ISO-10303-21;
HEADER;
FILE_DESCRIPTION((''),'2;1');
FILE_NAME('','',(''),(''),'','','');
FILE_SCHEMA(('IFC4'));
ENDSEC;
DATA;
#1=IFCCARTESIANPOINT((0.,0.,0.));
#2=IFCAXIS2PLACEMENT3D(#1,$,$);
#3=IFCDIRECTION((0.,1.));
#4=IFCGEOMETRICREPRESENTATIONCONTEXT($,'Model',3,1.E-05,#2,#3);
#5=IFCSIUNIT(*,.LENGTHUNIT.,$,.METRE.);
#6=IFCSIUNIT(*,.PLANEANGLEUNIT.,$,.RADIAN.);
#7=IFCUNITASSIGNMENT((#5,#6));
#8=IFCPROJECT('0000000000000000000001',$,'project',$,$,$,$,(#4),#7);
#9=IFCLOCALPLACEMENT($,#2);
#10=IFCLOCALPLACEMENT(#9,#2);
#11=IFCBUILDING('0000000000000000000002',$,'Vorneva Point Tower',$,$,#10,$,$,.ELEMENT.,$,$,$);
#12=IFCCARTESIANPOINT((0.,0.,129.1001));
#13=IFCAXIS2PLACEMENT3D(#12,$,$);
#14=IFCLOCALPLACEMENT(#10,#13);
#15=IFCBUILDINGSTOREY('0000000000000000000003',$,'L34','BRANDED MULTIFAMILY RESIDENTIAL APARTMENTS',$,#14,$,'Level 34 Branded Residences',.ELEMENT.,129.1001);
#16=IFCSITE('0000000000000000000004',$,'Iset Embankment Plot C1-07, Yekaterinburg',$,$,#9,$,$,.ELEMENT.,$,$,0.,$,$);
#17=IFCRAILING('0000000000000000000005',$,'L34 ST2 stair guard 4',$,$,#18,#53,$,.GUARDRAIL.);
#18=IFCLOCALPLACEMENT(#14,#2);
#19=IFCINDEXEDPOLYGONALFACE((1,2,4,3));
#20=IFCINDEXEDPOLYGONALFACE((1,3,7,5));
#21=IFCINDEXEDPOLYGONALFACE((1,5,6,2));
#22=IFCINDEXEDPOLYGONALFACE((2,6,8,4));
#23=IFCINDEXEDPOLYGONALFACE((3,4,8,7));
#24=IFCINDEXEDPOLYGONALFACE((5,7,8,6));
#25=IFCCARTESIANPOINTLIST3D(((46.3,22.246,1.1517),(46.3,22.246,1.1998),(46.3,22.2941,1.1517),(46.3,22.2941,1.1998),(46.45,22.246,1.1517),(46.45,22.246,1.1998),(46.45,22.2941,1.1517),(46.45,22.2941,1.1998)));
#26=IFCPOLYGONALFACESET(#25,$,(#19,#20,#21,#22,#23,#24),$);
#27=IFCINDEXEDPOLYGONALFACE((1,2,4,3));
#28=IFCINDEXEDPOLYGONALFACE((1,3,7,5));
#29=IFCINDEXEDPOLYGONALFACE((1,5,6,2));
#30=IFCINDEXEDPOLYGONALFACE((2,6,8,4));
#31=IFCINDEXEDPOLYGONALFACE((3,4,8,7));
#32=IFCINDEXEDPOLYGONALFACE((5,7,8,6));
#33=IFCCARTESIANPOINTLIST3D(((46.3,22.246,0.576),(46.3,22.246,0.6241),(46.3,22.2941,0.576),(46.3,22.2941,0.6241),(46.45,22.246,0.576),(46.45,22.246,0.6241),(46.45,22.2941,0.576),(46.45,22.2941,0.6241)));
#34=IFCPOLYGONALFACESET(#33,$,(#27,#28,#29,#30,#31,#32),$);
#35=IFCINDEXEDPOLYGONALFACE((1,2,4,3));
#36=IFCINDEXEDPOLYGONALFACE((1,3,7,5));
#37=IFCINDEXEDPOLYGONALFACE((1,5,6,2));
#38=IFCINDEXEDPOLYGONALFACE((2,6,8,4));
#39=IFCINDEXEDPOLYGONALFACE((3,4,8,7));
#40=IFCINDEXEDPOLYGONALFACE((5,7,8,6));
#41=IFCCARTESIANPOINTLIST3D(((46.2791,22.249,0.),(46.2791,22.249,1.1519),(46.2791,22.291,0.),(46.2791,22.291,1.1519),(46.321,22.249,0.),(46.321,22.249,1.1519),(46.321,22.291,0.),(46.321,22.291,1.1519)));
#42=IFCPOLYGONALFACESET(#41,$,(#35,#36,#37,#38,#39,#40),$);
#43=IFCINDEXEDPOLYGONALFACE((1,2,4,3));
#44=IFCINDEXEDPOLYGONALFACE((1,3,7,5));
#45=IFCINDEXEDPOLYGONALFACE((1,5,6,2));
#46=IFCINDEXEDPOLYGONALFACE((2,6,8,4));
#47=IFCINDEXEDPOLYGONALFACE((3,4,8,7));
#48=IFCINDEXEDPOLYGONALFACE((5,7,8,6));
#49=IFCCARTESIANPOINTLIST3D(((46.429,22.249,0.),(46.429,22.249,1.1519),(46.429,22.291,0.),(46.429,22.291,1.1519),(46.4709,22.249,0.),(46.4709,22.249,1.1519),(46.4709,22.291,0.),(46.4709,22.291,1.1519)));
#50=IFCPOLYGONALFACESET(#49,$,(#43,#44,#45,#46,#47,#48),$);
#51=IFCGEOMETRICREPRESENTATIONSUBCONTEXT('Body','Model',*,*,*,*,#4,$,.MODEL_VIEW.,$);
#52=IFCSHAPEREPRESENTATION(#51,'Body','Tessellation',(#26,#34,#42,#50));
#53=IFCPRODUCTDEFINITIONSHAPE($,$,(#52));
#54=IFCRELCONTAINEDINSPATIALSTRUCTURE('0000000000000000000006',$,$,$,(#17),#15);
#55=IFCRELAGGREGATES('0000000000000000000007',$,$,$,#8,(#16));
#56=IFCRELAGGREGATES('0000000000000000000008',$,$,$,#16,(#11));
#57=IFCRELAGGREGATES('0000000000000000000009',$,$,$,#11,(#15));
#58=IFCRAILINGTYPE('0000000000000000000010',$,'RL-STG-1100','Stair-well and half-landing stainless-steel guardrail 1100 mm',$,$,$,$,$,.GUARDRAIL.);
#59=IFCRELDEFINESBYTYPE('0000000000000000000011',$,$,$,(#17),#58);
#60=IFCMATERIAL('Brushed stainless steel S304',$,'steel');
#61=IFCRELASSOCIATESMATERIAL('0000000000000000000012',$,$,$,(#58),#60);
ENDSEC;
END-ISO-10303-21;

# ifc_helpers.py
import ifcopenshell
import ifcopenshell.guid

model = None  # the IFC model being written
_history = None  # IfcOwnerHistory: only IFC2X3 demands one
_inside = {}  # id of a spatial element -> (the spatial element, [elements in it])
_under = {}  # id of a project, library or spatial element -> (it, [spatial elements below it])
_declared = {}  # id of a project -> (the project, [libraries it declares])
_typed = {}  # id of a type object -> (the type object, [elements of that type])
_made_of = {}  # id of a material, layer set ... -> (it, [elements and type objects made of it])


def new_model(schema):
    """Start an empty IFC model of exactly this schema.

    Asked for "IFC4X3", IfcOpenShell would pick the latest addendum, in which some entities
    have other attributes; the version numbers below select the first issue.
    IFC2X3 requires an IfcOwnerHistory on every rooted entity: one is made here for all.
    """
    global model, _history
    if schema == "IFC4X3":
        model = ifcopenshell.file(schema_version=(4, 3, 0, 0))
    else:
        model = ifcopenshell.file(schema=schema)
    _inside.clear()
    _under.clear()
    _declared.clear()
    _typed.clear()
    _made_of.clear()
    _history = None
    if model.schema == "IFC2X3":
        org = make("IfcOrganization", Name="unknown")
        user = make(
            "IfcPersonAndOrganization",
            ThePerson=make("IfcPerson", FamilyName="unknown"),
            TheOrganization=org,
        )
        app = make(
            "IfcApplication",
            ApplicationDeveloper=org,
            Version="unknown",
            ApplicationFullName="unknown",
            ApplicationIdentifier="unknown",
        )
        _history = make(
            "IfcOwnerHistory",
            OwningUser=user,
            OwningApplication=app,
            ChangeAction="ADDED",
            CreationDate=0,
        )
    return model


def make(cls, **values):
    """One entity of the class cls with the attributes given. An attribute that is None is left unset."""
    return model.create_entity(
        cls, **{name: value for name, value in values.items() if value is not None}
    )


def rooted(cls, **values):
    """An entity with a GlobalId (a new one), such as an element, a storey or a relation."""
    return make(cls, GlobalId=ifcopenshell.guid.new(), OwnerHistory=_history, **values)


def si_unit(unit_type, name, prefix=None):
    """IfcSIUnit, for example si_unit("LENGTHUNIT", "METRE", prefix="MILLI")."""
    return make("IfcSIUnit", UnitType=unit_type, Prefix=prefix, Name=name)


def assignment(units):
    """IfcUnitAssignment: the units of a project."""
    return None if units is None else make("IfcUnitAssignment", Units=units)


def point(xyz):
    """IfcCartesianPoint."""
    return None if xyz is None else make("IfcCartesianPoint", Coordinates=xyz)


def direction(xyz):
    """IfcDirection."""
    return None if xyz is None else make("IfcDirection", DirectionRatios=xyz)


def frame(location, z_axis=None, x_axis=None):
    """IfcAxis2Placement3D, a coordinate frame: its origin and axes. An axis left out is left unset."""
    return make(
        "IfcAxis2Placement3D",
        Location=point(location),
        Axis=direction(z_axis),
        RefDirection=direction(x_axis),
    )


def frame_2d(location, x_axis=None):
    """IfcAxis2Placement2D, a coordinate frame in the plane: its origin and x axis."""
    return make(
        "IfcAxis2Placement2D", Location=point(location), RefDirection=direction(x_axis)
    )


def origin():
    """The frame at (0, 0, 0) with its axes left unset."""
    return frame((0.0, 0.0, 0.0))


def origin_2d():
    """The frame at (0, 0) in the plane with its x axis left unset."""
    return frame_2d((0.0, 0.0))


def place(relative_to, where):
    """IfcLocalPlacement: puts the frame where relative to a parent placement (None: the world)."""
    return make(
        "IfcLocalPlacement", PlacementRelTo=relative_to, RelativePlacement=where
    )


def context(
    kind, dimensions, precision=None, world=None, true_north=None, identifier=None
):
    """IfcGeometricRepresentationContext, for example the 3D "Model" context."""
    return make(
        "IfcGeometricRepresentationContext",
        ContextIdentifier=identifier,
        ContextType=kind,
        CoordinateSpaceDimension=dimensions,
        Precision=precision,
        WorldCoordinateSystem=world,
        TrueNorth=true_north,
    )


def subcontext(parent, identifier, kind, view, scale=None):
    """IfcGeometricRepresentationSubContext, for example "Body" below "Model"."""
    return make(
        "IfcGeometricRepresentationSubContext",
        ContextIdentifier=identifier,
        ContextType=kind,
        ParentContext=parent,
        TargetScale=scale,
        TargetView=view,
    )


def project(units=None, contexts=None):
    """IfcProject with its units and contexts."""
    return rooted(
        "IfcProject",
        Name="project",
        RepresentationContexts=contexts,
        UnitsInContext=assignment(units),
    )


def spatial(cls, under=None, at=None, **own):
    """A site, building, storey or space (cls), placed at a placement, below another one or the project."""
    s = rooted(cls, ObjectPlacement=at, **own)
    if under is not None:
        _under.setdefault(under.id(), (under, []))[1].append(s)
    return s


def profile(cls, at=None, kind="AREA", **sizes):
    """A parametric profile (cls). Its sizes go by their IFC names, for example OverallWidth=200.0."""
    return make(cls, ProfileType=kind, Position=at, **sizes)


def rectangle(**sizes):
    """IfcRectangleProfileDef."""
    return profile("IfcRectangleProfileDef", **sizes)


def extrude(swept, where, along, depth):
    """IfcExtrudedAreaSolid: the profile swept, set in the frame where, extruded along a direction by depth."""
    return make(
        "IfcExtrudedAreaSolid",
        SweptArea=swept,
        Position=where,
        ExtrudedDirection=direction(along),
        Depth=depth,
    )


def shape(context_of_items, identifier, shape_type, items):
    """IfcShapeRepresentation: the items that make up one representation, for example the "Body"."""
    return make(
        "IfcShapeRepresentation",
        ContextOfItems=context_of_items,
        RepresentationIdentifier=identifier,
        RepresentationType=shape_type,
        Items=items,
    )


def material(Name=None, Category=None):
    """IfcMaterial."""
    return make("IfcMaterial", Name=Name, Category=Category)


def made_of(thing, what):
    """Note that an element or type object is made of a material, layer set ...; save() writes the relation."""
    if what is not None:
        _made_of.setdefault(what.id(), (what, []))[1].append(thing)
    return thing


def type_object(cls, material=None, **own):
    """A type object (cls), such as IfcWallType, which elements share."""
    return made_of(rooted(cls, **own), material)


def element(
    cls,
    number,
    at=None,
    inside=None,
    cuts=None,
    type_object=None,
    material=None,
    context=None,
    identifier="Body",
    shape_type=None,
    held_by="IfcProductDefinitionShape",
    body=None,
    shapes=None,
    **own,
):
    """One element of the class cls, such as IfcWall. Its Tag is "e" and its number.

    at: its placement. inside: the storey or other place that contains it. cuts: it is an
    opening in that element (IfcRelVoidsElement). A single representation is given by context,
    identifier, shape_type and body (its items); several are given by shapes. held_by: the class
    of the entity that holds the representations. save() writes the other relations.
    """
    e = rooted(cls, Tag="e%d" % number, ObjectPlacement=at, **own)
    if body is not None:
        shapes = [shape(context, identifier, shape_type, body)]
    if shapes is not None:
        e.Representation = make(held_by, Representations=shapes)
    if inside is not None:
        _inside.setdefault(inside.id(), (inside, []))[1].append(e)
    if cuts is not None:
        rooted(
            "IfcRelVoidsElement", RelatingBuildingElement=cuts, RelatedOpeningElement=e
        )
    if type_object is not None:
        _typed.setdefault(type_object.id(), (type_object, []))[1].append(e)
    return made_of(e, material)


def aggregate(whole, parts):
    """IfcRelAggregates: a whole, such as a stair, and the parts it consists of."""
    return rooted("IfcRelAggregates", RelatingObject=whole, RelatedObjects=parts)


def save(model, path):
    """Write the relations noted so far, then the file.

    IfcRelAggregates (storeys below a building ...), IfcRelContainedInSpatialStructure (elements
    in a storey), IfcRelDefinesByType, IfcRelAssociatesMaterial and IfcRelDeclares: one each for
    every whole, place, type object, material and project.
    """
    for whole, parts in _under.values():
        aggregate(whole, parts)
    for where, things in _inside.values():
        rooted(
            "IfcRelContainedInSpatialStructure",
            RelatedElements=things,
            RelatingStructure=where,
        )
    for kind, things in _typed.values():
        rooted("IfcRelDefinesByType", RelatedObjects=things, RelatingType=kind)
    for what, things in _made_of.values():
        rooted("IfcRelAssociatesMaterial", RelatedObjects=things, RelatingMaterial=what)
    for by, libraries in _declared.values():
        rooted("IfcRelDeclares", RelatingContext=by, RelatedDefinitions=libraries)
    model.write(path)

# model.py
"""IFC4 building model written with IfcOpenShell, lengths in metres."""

from ifc_helpers import new_model, si_unit, direction, frame, origin, origin_2d, place, context, subcontext, project, spatial, rectangle, extrude, material, type_object, element, save


model = new_model("IFC4")

# Units and contexts
model_context = context("Model", 3, precision=1e-05, world=origin(), true_north=direction((0.0, 1.0)))
body_context = subcontext(model_context, "Body", "Model", "MODEL_VIEW")
ifc_project = project(units=[si_unit("LENGTHUNIT", "METRE"), si_unit("PLANEANGLEUNIT", "RADIAN")], contexts=[model_context])

# Site, building, storey
site_placement = place(None, origin())
site = spatial("IfcSite", under=ifc_project, at=site_placement, Name="Iset Embankment Plot C1-07, Yekaterinburg", CompositionType="ELEMENT", RefElevation=0.0)
building_placement = place(site_placement, origin())
building = spatial("IfcBuilding", under=site, at=building_placement, Name="Vorneva Point Tower", CompositionType="ELEMENT")
storey_placement = place(building_placement, frame((0.0, 0.0, 129.1001)))
storey = spatial("IfcBuildingStorey", under=building, at=storey_placement, Name="L34", Description="BRANDED MULTIFAMILY RESIDENTIAL APARTMENTS", LongName="Level 34 Branded Residences", CompositionType="ELEMENT", Elevation=129.1001)

# Shared definitions
ifc_material_1 = material(Name="Brushed stainless steel S304", Category="steel")

# Railing
railing_type_1 = type_object("IfcRailingType", Name="RL-STG-1100", Description="Stair-well and half-landing stainless-steel guardrail 1100 mm", PredefinedType="GUARDRAIL", material=ifc_material_1)
railing_1_placement = place(storey_placement, frame((46.3, 22.27, 0.0)))
element("IfcRailing", 1, at=railing_1_placement, inside=storey, type_object=railing_type_1, Name="L34 ST2 stair guard 4", PredefinedType="GUARDRAIL", context=body_context, shape_type="SweptSolid", body=[
    extrude(rectangle(XDim=0.0481, YDim=0.0481, at=origin_2d()), frame((0.0, 0.0, 1.1758), z_axis=(1.0, 0.0, 0.0), x_axis=(0.0, 1.0, 0.0)), (0.0, 0.0, 1.0), 0.1499),
    extrude(rectangle(XDim=0.0481, YDim=0.0481, at=origin_2d()), frame((0.0, 0.0, 0.6001), z_axis=(1.0, 0.0, 0.0), x_axis=(0.0, 1.0, 0.0)), (0.0, 0.0, 1.0), 0.1499),
    extrude(rectangle(XDim=0.042, YDim=0.042, at=origin_2d()), origin(), (0.0, 0.0, 1.0), 1.1519),
    extrude(rectangle(XDim=0.042, YDim=0.042, at=origin_2d()), frame((0.1499, 0.0, 0.0)), (0.0, 0.0, 1.0), 1.1519),
])

save(model, "model.ifc")
